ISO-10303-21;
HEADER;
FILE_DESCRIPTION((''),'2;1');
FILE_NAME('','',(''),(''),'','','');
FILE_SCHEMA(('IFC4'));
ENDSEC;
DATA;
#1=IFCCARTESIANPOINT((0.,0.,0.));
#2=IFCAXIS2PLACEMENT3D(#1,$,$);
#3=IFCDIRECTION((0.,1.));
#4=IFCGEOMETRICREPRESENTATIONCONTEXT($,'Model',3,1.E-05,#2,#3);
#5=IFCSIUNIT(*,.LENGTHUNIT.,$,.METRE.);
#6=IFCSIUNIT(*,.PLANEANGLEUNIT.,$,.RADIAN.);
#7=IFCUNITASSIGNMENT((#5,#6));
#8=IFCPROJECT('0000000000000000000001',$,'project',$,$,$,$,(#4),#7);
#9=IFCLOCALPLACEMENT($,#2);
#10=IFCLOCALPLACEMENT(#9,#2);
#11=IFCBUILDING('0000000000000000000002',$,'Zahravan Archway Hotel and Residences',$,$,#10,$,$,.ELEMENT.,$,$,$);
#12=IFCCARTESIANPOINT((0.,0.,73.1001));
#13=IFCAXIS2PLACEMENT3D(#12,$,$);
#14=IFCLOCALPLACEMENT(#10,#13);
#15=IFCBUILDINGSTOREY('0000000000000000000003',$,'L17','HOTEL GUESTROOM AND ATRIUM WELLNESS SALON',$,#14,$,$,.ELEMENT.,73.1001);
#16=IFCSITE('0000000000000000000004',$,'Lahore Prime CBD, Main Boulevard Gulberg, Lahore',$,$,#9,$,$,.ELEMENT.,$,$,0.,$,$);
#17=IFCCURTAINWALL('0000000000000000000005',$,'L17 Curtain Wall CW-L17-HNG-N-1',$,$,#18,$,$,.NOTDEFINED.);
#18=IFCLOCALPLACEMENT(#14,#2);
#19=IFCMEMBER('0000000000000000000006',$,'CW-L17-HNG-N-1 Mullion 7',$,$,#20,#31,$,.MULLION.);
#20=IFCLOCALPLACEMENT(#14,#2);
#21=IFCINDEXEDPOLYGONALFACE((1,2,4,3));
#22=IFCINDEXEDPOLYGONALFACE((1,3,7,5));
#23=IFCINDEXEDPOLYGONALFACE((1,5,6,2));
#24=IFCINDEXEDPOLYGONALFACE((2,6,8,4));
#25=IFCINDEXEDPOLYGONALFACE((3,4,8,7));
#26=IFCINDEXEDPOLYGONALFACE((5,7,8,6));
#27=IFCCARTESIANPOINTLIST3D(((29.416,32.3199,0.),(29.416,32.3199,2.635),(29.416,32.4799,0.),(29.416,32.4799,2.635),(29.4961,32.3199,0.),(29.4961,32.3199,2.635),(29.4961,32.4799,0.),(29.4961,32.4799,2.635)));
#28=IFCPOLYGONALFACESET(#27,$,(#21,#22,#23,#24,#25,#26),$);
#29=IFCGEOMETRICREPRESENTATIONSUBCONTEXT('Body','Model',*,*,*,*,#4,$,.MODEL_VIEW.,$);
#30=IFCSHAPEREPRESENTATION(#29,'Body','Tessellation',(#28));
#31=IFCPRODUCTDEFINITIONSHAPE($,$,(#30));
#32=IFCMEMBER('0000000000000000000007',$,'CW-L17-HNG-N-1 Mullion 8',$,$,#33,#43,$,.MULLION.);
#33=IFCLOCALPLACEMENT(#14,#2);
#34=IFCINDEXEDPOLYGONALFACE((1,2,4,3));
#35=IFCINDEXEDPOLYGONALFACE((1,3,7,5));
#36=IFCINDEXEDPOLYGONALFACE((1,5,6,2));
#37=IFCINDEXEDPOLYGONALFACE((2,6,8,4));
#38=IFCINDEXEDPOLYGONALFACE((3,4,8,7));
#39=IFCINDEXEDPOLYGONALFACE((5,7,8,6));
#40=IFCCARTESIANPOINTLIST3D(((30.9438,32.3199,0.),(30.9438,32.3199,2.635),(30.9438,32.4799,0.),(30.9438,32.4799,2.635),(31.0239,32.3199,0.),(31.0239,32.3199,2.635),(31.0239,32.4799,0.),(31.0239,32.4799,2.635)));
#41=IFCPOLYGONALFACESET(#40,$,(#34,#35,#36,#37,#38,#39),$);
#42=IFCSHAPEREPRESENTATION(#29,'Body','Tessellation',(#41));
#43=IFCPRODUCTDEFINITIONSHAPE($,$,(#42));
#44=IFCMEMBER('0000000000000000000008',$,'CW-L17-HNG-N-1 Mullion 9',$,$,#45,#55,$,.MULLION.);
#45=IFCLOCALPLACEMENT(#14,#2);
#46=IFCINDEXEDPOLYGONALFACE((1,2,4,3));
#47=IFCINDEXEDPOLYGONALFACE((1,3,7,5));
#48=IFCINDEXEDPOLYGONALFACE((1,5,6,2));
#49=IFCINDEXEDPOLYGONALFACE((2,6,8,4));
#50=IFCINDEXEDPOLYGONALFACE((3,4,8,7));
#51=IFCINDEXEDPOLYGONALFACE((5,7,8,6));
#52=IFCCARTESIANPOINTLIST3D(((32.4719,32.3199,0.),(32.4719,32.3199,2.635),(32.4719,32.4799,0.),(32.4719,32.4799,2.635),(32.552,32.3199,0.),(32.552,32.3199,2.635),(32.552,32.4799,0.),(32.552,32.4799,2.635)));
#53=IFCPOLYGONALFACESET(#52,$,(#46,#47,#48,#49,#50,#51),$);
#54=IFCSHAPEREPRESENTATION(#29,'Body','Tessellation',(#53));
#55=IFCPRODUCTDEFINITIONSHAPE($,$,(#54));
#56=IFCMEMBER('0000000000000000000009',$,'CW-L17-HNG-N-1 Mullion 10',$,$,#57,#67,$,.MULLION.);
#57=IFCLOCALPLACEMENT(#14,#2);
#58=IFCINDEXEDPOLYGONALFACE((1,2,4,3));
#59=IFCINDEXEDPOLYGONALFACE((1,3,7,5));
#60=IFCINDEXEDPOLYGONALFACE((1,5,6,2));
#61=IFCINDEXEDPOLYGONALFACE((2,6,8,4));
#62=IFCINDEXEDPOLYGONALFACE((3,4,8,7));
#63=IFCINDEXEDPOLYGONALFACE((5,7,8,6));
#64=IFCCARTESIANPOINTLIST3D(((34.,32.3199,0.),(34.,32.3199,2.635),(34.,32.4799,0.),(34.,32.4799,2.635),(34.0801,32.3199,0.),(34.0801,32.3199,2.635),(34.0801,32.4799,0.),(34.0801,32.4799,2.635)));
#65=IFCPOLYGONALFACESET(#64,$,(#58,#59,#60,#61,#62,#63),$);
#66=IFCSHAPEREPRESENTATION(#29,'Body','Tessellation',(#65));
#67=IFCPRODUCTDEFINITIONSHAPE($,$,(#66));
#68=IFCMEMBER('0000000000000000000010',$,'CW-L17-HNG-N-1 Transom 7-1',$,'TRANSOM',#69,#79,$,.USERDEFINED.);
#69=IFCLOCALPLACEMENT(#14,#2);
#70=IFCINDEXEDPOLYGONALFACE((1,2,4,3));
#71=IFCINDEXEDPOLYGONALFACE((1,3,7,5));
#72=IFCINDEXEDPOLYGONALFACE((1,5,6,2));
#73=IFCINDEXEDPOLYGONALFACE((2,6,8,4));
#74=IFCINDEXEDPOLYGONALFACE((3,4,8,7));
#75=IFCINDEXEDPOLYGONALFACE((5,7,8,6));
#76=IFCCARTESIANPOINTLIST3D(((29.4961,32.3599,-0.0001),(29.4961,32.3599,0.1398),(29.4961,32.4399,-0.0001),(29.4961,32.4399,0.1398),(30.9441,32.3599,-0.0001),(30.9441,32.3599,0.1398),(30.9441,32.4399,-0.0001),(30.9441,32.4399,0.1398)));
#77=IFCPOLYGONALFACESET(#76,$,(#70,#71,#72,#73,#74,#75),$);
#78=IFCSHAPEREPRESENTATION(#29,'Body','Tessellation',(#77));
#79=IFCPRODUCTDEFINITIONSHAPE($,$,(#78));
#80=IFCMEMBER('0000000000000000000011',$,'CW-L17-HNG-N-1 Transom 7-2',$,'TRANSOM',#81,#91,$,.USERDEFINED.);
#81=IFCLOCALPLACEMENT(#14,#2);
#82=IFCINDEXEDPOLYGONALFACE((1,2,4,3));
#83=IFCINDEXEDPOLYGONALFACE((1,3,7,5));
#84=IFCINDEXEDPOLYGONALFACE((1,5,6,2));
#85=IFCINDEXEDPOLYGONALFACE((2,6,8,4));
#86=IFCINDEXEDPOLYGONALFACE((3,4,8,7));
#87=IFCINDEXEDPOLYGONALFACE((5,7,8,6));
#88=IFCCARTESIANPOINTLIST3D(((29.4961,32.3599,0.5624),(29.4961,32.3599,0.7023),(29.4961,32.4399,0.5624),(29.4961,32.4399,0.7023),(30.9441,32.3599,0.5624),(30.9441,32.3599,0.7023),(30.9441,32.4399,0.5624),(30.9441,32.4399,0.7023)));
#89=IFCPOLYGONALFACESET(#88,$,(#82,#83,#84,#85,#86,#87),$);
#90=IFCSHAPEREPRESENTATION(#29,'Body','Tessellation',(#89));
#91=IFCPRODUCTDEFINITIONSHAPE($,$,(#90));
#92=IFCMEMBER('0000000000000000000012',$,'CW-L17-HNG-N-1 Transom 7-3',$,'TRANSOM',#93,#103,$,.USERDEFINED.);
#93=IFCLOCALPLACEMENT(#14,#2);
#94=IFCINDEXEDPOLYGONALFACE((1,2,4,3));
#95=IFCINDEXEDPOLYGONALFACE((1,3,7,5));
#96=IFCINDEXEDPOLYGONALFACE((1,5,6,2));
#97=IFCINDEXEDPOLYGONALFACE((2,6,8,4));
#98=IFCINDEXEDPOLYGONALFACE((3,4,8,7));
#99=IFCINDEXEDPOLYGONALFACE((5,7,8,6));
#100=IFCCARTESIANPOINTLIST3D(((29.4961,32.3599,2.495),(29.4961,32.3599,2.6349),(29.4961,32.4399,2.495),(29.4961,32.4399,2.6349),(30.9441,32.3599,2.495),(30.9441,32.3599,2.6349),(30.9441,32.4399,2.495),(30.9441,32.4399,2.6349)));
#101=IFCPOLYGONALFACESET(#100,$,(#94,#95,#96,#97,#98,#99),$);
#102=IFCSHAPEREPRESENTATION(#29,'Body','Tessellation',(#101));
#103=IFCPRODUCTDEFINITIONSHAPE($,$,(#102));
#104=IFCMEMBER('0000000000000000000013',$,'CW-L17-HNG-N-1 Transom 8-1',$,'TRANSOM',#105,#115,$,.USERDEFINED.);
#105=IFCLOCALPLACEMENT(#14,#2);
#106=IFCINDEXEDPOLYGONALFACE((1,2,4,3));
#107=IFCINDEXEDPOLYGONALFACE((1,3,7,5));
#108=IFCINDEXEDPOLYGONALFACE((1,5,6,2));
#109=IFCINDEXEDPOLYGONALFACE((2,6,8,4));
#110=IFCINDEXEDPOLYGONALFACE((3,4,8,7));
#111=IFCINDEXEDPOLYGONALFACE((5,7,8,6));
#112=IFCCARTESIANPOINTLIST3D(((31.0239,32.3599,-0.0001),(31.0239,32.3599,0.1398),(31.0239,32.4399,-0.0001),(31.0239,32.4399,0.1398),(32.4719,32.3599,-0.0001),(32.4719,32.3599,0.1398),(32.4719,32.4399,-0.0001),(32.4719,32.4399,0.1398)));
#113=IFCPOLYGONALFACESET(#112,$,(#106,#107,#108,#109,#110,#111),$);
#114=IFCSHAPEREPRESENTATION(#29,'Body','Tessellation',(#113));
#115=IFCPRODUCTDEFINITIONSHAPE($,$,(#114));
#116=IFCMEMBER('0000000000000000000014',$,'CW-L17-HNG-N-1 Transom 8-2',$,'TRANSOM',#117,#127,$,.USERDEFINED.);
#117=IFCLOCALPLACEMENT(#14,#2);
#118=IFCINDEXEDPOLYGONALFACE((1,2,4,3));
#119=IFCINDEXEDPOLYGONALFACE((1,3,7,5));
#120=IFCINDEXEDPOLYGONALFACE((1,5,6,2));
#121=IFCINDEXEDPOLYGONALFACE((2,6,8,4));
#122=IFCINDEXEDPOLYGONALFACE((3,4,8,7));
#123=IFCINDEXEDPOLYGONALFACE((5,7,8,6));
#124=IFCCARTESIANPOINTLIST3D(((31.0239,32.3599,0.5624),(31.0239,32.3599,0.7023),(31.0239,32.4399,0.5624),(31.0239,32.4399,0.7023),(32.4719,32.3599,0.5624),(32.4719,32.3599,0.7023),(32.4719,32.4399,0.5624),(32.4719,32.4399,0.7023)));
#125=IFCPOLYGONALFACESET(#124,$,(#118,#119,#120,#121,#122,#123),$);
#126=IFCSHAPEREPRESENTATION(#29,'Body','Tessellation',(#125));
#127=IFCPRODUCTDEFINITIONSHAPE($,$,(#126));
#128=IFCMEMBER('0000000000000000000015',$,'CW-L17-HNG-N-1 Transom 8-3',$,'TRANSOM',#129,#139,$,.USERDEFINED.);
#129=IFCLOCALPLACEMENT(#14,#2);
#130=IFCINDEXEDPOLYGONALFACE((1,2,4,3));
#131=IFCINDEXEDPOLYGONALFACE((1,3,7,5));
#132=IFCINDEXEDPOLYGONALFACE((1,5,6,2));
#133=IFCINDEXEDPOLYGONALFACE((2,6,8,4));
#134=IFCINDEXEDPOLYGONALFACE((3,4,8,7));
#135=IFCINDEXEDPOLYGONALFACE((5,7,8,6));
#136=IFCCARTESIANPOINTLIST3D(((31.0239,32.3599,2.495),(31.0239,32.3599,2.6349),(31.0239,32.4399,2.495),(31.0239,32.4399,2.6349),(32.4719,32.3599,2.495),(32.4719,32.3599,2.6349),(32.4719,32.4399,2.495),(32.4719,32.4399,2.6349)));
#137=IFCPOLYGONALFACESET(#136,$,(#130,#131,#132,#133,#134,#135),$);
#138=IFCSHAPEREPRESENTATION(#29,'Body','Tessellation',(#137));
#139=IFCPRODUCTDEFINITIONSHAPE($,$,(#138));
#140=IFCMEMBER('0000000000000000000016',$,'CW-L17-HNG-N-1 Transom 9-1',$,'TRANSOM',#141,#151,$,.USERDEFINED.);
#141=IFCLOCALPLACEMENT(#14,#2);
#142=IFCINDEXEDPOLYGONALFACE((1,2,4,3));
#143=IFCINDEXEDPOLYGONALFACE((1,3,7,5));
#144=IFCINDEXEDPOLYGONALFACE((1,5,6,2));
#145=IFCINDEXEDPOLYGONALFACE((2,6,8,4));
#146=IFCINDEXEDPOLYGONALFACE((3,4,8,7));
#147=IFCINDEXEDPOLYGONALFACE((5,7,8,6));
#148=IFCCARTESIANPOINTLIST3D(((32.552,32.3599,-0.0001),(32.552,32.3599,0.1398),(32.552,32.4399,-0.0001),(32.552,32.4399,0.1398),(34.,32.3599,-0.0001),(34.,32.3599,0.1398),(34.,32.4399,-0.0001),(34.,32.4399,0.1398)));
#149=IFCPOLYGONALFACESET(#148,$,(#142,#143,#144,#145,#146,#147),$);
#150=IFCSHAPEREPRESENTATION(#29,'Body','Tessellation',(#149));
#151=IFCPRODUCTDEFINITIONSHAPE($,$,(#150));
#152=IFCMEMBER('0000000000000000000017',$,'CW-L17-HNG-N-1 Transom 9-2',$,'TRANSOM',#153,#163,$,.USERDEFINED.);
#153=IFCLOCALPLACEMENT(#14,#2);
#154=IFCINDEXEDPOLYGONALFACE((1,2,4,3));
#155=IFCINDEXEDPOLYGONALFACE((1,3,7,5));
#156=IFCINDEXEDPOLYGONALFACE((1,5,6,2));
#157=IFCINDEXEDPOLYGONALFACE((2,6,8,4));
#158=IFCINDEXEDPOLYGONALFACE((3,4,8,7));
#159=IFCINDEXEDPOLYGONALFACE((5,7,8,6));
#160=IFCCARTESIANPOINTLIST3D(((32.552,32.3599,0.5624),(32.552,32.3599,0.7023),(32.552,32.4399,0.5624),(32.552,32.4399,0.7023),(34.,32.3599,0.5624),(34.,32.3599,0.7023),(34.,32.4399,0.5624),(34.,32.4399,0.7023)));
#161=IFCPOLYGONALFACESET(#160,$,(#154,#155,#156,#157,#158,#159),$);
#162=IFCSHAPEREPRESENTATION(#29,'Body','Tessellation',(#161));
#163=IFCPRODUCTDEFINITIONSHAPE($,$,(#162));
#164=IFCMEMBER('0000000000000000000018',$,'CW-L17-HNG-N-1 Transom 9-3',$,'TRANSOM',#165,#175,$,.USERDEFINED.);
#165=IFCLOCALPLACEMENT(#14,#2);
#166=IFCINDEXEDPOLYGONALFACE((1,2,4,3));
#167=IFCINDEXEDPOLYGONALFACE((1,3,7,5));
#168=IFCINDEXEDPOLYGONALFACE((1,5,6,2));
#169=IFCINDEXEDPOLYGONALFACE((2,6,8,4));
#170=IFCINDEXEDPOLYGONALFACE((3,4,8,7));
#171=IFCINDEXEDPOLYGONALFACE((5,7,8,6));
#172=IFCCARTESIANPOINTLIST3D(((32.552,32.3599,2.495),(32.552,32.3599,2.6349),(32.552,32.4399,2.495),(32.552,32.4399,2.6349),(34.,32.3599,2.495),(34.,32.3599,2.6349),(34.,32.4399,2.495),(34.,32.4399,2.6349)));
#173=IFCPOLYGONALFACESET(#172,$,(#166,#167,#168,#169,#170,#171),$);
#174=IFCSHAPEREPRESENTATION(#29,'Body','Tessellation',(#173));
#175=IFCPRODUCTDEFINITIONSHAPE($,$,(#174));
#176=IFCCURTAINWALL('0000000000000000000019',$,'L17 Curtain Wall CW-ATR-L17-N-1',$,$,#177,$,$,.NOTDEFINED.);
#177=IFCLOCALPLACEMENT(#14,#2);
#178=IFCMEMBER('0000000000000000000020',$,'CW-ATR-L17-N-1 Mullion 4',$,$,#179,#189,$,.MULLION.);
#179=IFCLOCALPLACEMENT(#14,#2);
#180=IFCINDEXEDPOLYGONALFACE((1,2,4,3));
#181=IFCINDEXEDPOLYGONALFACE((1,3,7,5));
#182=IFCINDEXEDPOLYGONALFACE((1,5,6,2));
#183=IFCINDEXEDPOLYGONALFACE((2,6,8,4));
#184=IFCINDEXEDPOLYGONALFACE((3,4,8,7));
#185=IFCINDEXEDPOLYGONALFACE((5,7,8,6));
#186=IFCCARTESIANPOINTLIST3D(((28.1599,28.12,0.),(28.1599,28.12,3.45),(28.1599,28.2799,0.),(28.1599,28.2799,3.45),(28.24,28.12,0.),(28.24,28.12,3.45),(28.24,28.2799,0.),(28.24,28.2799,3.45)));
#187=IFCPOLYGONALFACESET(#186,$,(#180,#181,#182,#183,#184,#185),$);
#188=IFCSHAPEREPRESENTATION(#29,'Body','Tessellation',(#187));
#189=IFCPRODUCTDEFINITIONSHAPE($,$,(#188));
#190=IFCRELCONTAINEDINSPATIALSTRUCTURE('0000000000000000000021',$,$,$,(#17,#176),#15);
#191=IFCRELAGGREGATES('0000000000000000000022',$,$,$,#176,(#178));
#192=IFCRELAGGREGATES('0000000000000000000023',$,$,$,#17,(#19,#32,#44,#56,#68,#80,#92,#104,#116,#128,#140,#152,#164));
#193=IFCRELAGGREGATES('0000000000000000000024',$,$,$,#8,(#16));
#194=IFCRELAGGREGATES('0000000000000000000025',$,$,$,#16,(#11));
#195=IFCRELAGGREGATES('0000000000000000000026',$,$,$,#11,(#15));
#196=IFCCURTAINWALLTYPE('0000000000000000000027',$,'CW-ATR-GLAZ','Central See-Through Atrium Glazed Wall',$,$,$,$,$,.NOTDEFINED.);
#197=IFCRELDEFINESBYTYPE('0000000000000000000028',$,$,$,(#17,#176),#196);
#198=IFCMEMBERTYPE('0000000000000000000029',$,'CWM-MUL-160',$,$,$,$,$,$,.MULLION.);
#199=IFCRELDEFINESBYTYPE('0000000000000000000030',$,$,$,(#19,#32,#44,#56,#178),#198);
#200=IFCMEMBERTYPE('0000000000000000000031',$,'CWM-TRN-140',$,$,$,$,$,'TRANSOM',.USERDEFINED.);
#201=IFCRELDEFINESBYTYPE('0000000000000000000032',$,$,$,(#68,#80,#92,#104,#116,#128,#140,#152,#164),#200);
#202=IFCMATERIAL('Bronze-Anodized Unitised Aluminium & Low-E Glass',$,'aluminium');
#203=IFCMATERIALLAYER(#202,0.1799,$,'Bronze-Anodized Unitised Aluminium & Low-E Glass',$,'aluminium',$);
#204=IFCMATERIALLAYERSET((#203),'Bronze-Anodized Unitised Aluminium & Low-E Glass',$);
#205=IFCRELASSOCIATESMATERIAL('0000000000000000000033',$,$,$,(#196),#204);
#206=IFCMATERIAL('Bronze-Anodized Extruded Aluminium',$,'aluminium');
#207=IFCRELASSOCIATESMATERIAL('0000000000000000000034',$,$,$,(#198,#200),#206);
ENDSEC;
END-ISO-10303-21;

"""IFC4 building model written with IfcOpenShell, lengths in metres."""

from ifc_helpers import new_model, si_unit, direction, frame, origin, origin_2d, place, context, subcontext, project, spatial, rectangle, extrude, source, transform, mapped, material, layer, layer_set, material_profile, profile_set, type_object, element, aggregate, save


model = new_model("IFC4")

# Units and contexts
model_context = context("Model", 3, precision=1e-05, world=origin(), true_north=direction((0.0, 1.0)))
body_context = subcontext(model_context, "Body", "Model", "MODEL_VIEW")
ifc_project = project(units=[si_unit("LENGTHUNIT", "METRE"), si_unit("PLANEANGLEUNIT", "RADIAN")], contexts=[model_context])

# Site, building, storey
site_placement = place(None, origin())
site = spatial("IfcSite", under=ifc_project, at=site_placement, Name="Lahore Prime CBD, Main Boulevard Gulberg, Lahore", CompositionType="ELEMENT", RefElevation=0.0)
building_placement = place(site_placement, origin())
building = spatial("IfcBuilding", under=site, at=building_placement, Name="Zahravan Archway Hotel and Residences", CompositionType="ELEMENT")
storey_placement = place(building_placement, frame((0.0, 0.0, 73.1001)))
storey = spatial("IfcBuildingStorey", under=building, at=storey_placement, Name="L17", Description="HOTEL GUESTROOM AND ATRIUM WELLNESS SALON", CompositionType="ELEMENT", Elevation=73.1001)

# Curtain wall, members
ifc_material_1 = material(Name="Bronze-Anodized Unitised Aluminium & Low-E Glass", Category="aluminium")
ifc_layer_1 = layer(ifc_material_1, 0.1799, Name="Bronze-Anodized Unitised Aluminium & Low-E Glass", Category="aluminium")
ifc_layer_set_1 = layer_set([ifc_layer_1], Name="Bronze-Anodized Unitised Aluminium & Low-E Glass")
curtain_wall_type = type_object("IfcCurtainWallType", Name="CW-ATR-GLAZ", Description="Central See-Through Atrium Glazed Wall", PredefinedType="NOTDEFINED", material=ifc_layer_set_1)
curtain_wall_1_placement = place(storey_placement, origin())
curtain_wall_1 = element("IfcCurtainWall", 1, at=curtain_wall_1_placement, inside=storey, type_object=curtain_wall_type, Name="L17 Curtain Wall CW-L17-HNG-N-1", PredefinedType="NOTDEFINED")
ifc_material_2 = material(Name="Bronze-Anodized Extruded Aluminium", Category="aluminium")
ifc_material_profile_1 = material_profile(ifc_material_2, rectangle(XDim=0.0801, YDim=0.1599, at=origin_2d()), Name="MUL 80x160", Category="aluminium")
ifc_profile_set_1 = profile_set([ifc_material_profile_1], Name="Bronze-Anodized Extruded Aluminium")
member_type_1 = type_object("IfcMemberType", Name="CWM-MUL-160", PredefinedType="MULLION", material=ifc_profile_set_1)
shared_shape_1 = source(origin(), body_context, "Body", "SweptSolid", [
    extrude(rectangle(XDim=0.0801, YDim=0.1599, at=origin_2d()), origin(), (0.0, 0.0, 1.0), 2.635),
])
member_1_placement = place(storey_placement, frame((29.4561, 32.3999, 0.0), z_axis=(0.0, 0.0, 1.0), x_axis=(1.0, 0.0, 0.0)))
member_1 = element("IfcMember", 2, at=member_1_placement, type_object=member_type_1, Name="CW-L17-HNG-N-1 Mullion 7", PredefinedType="MULLION", context=body_context, shape_type="MappedRepresentation", body=[
    mapped(shared_shape_1, transform((0.0, 0.0, 0.0), scale=1.0)),
])
member_2_placement = place(storey_placement, frame((30.9839, 32.3999, 0.0), z_axis=(0.0, 0.0, 1.0), x_axis=(1.0, 0.0, 0.0)))
member_2 = element("IfcMember", 3, at=member_2_placement, type_object=member_type_1, Name="CW-L17-HNG-N-1 Mullion 8", PredefinedType="MULLION", context=body_context, shape_type="MappedRepresentation", body=[
    mapped(shared_shape_1, transform((0.0, 0.0, 0.0), scale=1.0)),
])
member_3_placement = place(storey_placement, frame((32.512, 32.3999, 0.0), z_axis=(0.0, 0.0, 1.0), x_axis=(1.0, 0.0, 0.0)))
member_3 = element("IfcMember", 4, at=member_3_placement, type_object=member_type_1, Name="CW-L17-HNG-N-1 Mullion 9", PredefinedType="MULLION", context=body_context, shape_type="MappedRepresentation", body=[
    mapped(shared_shape_1, transform((0.0, 0.0, 0.0), scale=1.0)),
])
member_4_placement = place(storey_placement, frame((34.04, 32.3999, 0.0), z_axis=(0.0, 0.0, 1.0), x_axis=(1.0, 0.0, 0.0)))
member_4 = element("IfcMember", 5, at=member_4_placement, type_object=member_type_1, Name="CW-L17-HNG-N-1 Mullion 10", PredefinedType="MULLION", context=body_context, shape_type="MappedRepresentation", body=[
    mapped(shared_shape_1, transform((0.0, 0.0, 0.0), scale=1.0)),
])
ifc_material_profile_2 = material_profile(ifc_material_2, rectangle(XDim=0.0801, YDim=0.1399, at=origin_2d()), Name="TRN 80x140", Category="aluminium")
ifc_profile_set_2 = profile_set([ifc_material_profile_2], Name="Bronze-Anodized Extruded Aluminium")
member_type_2 = type_object("IfcMemberType", Name="CWM-TRN-140", ElementType="TRANSOM", PredefinedType="USERDEFINED", material=ifc_profile_set_2)
shared_shape_2 = source(origin(), body_context, "Body", "SweptSolid", [
    extrude(rectangle(XDim=0.0801, YDim=0.1399, at=origin_2d()), origin(), (0.0, 0.0, 1.0), 1.448),
])
member_5_placement = place(storey_placement, frame((29.4961, 32.3999, 0.0698), z_axis=(1.0, 0.0, 0.0), x_axis=(0.0, 1.0, 0.0)))
member_5 = element("IfcMember", 6, at=member_5_placement, type_object=member_type_2, Name="CW-L17-HNG-N-1 Transom 7-1", ObjectType="TRANSOM", PredefinedType="USERDEFINED", context=body_context, shape_type="MappedRepresentation", body=[
    mapped(shared_shape_2, transform((0.0, 0.0, 0.0), scale=1.0)),
])
member_6_placement = place(storey_placement, frame((29.4961, 32.3999, 0.6323), z_axis=(1.0, 0.0, 0.0), x_axis=(0.0, 1.0, 0.0)))
member_6 = element("IfcMember", 7, at=member_6_placement, type_object=member_type_2, Name="CW-L17-HNG-N-1 Transom 7-2", ObjectType="TRANSOM", PredefinedType="USERDEFINED", context=body_context, shape_type="MappedRepresentation", body=[
    mapped(shared_shape_2, transform((0.0, 0.0, 0.0), scale=1.0)),
])
member_7_placement = place(storey_placement, frame((29.4961, 32.3999, 2.5649), z_axis=(1.0, 0.0, 0.0), x_axis=(0.0, 1.0, 0.0)))
member_7 = element("IfcMember", 8, at=member_7_placement, type_object=member_type_2, Name="CW-L17-HNG-N-1 Transom 7-3", ObjectType="TRANSOM", PredefinedType="USERDEFINED", context=body_context, shape_type="MappedRepresentation", body=[
    mapped(shared_shape_2, transform((0.0, 0.0, 0.0), scale=1.0)),
])
member_8_placement = place(storey_placement, frame((31.0239, 32.3999, 0.0698), z_axis=(1.0, 0.0, 0.0), x_axis=(0.0, 1.0, 0.0)))
member_8 = element("IfcMember", 9, at=member_8_placement, type_object=member_type_2, Name="CW-L17-HNG-N-1 Transom 8-1", ObjectType="TRANSOM", PredefinedType="USERDEFINED", context=body_context, shape_type="MappedRepresentation", body=[
    mapped(shared_shape_2, transform((0.0, 0.0, 0.0), scale=1.0)),
])
member_9_placement = place(storey_placement, frame((31.0239, 32.3999, 0.6323), z_axis=(1.0, 0.0, 0.0), x_axis=(0.0, 1.0, 0.0)))
member_9 = element("IfcMember", 10, at=member_9_placement, type_object=member_type_2, Name="CW-L17-HNG-N-1 Transom 8-2", ObjectType="TRANSOM", PredefinedType="USERDEFINED", context=body_context, shape_type="MappedRepresentation", body=[
    mapped(shared_shape_2, transform((0.0, 0.0, 0.0), scale=1.0)),
])
member_10_placement = place(storey_placement, frame((31.0239, 32.3999, 2.5649), z_axis=(1.0, 0.0, 0.0), x_axis=(0.0, 1.0, 0.0)))
member_10 = element("IfcMember", 11, at=member_10_placement, type_object=member_type_2, Name="CW-L17-HNG-N-1 Transom 8-3", ObjectType="TRANSOM", PredefinedType="USERDEFINED", context=body_context, shape_type="MappedRepresentation", body=[
    mapped(shared_shape_2, transform((0.0, 0.0, 0.0), scale=1.0)),
])
member_11_placement = place(storey_placement, frame((32.552, 32.3999, 0.0698), z_axis=(1.0, 0.0, 0.0), x_axis=(0.0, 1.0, 0.0)))
member_11 = element("IfcMember", 12, at=member_11_placement, type_object=member_type_2, Name="CW-L17-HNG-N-1 Transom 9-1", ObjectType="TRANSOM", PredefinedType="USERDEFINED", context=body_context, shape_type="MappedRepresentation", body=[
    mapped(shared_shape_2, transform((0.0, 0.0, 0.0), scale=1.0)),
])
member_12_placement = place(storey_placement, frame((32.552, 32.3999, 0.6323), z_axis=(1.0, 0.0, 0.0), x_axis=(0.0, 1.0, 0.0)))
member_12 = element("IfcMember", 13, at=member_12_placement, type_object=member_type_2, Name="CW-L17-HNG-N-1 Transom 9-2", ObjectType="TRANSOM", PredefinedType="USERDEFINED", context=body_context, shape_type="MappedRepresentation", body=[
    mapped(shared_shape_2, transform((0.0, 0.0, 0.0), scale=1.0)),
])
member_13_placement = place(storey_placement, frame((32.552, 32.3999, 2.5649), z_axis=(1.0, 0.0, 0.0), x_axis=(0.0, 1.0, 0.0)))
member_13 = element("IfcMember", 14, at=member_13_placement, type_object=member_type_2, Name="CW-L17-HNG-N-1 Transom 9-3", ObjectType="TRANSOM", PredefinedType="USERDEFINED", context=body_context, shape_type="MappedRepresentation", body=[
    mapped(shared_shape_2, transform((0.0, 0.0, 0.0), scale=1.0)),
])

# Curtain wall, member
curtain_wall_2_placement = place(storey_placement, origin())
curtain_wall_2 = element("IfcCurtainWall", 15, at=curtain_wall_2_placement, inside=storey, type_object=curtain_wall_type, Name="L17 Curtain Wall CW-ATR-L17-N-1", PredefinedType="NOTDEFINED")
shared_shape_3 = source(origin(), body_context, "Body", "SweptSolid", [
    extrude(rectangle(XDim=0.0801, YDim=0.1599, at=origin_2d()), origin(), (0.0, 0.0, 1.0), 3.45),
])
member_14_placement = place(storey_placement, frame((28.2, 28.2, 0.0), z_axis=(0.0, 0.0, 1.0), x_axis=(1.0, 0.0, 0.0)))
member_14 = element("IfcMember", 16, at=member_14_placement, type_object=member_type_1, Name="CW-ATR-L17-N-1 Mullion 4", PredefinedType="MULLION", context=body_context, shape_type="MappedRepresentation", body=[
    mapped(shared_shape_3, transform((0.0, 0.0, 0.0), scale=1.0)),
])
aggregate(curtain_wall_2, [member_14])

aggregate(curtain_wall_1, [member_1, member_2, member_3, member_4, member_5, member_6, member_7, member_8, member_9, member_10, member_11, member_12, member_13])

save(model, "model.ifc")
